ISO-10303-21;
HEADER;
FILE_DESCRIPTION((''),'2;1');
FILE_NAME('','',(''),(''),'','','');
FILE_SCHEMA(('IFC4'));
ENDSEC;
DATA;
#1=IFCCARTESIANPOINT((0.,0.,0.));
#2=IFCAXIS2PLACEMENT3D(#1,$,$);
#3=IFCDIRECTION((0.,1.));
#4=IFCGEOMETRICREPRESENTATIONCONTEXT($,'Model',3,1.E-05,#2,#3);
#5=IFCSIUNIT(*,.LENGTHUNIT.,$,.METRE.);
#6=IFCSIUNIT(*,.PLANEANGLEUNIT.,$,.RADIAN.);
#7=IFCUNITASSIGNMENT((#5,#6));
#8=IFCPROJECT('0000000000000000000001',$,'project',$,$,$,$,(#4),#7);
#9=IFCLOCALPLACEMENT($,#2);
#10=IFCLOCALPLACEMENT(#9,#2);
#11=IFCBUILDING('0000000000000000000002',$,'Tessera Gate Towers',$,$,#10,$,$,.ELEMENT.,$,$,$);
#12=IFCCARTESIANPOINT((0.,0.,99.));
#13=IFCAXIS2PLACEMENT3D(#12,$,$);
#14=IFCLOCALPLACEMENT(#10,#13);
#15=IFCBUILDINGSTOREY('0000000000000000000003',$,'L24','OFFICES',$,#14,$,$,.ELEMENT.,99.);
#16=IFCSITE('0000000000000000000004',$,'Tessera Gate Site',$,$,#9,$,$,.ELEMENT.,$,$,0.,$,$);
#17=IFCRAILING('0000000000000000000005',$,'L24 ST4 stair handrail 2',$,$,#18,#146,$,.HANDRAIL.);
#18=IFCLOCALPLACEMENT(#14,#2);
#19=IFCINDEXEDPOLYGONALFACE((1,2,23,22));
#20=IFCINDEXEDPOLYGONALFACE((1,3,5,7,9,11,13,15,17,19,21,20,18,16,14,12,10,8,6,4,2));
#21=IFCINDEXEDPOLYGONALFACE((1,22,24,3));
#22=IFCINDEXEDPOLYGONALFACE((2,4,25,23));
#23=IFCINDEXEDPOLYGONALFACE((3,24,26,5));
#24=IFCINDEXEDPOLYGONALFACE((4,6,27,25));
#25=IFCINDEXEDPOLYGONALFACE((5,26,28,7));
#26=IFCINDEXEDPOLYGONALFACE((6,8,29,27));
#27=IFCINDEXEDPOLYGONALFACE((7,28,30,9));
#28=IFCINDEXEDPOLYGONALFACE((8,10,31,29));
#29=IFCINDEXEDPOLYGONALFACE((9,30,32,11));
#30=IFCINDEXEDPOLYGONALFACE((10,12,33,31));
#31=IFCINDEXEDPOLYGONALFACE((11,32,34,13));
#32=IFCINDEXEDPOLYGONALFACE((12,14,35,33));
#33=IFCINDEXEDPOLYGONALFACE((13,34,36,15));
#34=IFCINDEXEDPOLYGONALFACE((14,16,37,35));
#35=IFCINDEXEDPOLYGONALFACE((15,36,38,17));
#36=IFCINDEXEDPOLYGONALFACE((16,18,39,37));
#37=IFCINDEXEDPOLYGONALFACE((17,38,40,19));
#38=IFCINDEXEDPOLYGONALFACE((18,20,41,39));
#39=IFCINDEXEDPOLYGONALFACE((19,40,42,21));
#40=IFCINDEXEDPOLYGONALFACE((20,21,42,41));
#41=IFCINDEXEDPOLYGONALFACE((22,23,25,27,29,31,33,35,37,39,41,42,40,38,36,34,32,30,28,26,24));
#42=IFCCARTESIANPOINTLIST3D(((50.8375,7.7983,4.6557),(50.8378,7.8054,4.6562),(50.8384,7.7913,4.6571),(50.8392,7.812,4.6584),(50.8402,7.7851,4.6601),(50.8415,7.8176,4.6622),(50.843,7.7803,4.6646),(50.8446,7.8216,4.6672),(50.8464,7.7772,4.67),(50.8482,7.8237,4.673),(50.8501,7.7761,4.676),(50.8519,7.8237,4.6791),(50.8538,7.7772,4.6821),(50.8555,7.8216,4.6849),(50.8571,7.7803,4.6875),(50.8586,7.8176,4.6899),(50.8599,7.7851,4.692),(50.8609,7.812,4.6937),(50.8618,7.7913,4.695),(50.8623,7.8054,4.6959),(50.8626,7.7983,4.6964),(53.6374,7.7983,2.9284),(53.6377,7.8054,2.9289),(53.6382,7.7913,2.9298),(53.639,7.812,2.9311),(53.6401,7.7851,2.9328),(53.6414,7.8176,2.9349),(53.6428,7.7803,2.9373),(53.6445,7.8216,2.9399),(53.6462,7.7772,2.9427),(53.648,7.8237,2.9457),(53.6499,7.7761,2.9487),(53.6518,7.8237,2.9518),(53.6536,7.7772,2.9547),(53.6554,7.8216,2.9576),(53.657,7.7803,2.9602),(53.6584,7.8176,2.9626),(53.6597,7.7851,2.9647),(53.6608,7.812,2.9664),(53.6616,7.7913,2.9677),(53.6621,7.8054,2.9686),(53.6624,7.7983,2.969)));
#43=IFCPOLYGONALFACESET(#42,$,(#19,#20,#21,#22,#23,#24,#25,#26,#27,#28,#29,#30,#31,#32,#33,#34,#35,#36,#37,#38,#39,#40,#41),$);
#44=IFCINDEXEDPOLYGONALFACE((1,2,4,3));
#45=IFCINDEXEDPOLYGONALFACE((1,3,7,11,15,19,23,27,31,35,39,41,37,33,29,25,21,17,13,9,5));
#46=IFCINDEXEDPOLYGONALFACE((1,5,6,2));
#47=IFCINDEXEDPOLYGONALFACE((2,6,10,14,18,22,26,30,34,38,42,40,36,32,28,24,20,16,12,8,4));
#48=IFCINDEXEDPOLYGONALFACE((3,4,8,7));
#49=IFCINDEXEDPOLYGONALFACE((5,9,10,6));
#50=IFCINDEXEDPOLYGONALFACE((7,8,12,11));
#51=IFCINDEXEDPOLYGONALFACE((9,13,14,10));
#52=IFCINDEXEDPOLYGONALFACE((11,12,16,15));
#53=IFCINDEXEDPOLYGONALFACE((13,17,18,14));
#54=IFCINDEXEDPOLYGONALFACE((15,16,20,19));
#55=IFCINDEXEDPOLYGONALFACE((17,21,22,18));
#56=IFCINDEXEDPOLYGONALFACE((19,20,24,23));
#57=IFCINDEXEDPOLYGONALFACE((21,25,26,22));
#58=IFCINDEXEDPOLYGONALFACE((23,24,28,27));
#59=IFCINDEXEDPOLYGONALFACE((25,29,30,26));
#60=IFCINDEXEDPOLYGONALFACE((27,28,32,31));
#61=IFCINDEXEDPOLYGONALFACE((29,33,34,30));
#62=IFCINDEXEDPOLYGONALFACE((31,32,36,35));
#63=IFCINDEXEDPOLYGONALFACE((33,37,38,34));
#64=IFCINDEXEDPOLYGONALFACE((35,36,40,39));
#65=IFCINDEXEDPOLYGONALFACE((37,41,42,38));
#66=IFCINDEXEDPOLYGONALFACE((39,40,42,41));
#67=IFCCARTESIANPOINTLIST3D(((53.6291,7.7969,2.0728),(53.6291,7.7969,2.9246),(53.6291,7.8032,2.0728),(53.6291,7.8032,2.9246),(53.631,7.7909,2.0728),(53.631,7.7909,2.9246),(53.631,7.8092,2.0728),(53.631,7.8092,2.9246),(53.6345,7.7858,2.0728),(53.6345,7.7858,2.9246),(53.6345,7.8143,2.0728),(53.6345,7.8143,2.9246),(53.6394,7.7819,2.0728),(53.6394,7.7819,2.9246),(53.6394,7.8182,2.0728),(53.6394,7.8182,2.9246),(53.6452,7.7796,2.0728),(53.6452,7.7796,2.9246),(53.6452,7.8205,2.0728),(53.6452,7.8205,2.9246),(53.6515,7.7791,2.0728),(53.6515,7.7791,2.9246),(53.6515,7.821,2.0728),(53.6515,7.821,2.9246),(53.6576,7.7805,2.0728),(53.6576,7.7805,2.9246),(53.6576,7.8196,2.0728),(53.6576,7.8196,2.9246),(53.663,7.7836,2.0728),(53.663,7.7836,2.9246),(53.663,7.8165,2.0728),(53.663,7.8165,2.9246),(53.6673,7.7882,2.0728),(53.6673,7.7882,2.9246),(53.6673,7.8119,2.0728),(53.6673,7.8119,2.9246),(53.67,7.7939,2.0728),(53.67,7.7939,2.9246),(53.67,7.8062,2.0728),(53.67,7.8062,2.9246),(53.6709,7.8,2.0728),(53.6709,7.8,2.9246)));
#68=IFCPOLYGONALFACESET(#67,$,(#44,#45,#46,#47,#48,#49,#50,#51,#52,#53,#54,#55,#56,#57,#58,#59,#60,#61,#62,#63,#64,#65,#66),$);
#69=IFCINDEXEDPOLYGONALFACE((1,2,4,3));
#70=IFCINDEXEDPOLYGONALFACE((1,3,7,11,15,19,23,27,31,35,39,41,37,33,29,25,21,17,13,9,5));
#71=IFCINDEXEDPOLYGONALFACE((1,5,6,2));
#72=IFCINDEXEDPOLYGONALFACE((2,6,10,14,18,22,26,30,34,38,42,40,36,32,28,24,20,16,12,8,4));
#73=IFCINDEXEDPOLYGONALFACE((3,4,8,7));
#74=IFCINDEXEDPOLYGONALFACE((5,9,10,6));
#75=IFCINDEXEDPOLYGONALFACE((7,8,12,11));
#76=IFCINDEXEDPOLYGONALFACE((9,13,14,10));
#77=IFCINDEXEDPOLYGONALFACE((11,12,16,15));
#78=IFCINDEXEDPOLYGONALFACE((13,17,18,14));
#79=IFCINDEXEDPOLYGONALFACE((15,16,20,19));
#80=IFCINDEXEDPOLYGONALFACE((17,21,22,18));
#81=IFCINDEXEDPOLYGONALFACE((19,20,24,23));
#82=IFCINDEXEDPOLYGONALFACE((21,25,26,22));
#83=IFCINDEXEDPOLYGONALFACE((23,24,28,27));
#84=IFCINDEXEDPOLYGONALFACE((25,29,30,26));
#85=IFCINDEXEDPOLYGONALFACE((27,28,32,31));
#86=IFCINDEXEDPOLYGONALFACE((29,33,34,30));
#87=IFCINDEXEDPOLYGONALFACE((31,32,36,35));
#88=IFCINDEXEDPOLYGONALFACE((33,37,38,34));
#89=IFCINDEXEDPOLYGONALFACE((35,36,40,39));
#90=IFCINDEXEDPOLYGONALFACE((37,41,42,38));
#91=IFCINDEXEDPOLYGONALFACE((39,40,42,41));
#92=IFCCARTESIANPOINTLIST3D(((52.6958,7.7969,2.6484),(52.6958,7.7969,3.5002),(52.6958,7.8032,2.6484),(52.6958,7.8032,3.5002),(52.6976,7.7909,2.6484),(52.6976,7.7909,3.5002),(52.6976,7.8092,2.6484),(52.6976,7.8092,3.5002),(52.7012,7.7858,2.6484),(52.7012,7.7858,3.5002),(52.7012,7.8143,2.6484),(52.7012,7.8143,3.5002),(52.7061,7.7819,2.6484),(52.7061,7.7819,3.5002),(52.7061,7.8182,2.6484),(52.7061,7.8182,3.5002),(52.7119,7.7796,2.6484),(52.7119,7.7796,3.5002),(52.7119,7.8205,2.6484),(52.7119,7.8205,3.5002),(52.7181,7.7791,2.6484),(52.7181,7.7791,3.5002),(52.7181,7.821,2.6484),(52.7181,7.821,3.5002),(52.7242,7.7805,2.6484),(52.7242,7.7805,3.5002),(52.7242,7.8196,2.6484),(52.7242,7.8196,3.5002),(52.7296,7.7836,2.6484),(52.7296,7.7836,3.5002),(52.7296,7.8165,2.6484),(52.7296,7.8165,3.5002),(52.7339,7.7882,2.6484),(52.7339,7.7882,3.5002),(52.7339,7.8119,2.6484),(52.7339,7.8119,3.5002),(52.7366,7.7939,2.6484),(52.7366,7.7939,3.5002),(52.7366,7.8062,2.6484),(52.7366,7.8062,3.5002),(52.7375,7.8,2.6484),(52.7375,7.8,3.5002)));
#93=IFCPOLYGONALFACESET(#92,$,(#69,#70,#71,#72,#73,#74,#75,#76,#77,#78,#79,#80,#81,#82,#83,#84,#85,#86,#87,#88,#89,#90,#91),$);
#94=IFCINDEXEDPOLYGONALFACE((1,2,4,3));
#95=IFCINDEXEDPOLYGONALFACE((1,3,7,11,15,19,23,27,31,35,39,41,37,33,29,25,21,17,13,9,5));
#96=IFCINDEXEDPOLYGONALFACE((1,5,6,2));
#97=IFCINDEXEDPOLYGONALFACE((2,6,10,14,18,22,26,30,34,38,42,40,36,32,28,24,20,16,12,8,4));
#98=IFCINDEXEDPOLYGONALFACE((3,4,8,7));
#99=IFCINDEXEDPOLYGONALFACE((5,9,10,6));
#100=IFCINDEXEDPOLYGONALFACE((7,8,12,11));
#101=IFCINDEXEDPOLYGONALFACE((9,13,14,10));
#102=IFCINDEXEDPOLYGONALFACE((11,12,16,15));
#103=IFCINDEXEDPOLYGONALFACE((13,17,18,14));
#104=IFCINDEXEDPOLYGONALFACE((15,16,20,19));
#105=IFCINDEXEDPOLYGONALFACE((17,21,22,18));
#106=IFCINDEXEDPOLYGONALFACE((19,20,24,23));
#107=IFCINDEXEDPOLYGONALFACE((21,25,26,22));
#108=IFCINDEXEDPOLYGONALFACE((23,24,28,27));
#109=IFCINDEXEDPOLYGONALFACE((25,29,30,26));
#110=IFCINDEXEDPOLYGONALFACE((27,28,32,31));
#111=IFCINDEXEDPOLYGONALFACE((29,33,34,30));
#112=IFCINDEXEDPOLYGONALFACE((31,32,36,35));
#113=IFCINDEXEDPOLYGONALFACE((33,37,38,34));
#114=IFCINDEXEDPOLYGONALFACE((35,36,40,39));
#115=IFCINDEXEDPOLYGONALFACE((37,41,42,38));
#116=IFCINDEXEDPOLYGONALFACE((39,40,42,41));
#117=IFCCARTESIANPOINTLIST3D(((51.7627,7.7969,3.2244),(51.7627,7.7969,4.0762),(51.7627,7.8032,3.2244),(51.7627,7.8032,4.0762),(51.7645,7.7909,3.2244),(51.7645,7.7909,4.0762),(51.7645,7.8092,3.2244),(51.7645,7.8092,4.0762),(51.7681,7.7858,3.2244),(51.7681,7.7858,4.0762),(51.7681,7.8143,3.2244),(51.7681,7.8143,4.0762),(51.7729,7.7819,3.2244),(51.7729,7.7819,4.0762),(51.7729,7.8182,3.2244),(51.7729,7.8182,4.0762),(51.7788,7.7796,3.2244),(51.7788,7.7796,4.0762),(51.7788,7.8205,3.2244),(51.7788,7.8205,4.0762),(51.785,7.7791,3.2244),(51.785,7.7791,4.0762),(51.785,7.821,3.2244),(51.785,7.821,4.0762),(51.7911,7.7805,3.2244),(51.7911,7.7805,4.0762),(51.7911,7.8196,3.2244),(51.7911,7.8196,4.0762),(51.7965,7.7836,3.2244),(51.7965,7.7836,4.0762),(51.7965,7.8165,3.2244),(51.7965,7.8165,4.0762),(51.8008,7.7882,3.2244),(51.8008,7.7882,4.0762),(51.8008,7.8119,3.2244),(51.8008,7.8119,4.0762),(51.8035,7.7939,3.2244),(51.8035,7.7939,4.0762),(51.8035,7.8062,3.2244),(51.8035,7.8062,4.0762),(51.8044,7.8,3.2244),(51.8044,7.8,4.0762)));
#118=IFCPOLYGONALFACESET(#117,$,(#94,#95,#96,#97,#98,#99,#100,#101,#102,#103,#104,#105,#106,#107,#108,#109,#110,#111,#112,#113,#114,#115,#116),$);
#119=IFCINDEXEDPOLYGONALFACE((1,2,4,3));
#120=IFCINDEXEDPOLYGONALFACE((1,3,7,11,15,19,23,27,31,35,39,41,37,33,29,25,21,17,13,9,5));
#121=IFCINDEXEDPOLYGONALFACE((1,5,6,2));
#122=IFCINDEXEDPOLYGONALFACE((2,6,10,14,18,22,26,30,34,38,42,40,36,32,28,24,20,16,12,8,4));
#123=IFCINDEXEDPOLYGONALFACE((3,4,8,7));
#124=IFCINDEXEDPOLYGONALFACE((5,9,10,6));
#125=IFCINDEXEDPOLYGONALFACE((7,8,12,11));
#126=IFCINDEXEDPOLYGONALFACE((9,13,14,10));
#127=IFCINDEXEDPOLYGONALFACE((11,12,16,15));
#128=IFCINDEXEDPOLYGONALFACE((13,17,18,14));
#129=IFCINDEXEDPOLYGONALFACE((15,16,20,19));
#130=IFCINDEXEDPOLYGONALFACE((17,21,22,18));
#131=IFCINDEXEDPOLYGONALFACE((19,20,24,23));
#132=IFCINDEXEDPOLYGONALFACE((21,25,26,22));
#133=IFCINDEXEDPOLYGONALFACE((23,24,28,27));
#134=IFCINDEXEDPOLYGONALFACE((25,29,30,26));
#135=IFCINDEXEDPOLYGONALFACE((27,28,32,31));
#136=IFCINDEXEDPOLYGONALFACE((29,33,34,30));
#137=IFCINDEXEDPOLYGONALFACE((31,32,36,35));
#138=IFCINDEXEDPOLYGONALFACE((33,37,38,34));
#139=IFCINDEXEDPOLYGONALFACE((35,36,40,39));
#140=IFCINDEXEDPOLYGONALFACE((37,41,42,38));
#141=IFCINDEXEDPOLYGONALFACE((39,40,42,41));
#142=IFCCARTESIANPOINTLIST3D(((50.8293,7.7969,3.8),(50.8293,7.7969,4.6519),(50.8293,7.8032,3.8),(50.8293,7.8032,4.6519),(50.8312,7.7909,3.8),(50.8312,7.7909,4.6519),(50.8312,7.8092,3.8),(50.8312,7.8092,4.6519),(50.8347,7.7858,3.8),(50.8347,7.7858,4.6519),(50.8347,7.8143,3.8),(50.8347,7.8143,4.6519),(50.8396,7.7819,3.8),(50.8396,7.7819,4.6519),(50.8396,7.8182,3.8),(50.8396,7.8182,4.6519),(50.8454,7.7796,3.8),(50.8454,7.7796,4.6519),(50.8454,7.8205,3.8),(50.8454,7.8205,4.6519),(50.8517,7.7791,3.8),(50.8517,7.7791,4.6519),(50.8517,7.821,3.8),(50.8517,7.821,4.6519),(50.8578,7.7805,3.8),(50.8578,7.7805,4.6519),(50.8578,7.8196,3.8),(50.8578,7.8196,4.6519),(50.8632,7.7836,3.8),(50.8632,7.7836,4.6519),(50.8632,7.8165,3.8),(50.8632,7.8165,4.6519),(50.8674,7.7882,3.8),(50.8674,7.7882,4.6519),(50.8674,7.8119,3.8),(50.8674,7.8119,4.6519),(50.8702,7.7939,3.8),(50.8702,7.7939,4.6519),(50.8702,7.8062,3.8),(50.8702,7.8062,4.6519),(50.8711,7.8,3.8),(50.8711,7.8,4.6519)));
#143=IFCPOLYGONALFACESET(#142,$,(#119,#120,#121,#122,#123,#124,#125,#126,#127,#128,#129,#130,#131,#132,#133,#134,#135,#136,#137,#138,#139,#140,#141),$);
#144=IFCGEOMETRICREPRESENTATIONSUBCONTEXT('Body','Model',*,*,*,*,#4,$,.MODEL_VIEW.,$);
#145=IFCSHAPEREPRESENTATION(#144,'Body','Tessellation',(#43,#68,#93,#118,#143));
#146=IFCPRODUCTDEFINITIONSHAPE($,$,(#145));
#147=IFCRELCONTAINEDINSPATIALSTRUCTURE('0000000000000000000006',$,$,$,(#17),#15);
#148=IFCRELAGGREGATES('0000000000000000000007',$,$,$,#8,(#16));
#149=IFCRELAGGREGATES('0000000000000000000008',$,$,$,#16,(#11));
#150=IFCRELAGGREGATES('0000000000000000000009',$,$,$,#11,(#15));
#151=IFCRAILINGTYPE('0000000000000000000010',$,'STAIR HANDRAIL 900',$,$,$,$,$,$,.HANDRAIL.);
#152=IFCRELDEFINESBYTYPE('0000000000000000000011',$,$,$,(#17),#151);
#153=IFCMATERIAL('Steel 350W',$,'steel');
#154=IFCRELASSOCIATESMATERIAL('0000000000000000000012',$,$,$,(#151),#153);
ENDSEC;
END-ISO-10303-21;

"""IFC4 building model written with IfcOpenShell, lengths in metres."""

from ifc_helpers import new_model, si_unit, direction, frame, origin, origin_2d, place, context, subcontext, project, spatial, circle, extrude, material, type_object, element, save


model = new_model("IFC4")

# Units and contexts
model_context = context("Model", 3, precision=1e-05, world=origin(), true_north=direction((0.0, 1.0)))
body_context = subcontext(model_context, "Body", "Model", "MODEL_VIEW")
ifc_project = project(units=[si_unit("LENGTHUNIT", "METRE"), si_unit("PLANEANGLEUNIT", "RADIAN")], contexts=[model_context])

# Site, building, storey
site_placement = place(None, origin())
site = spatial("IfcSite", under=ifc_project, at=site_placement, Name="Tessera Gate Site", CompositionType="ELEMENT", RefElevation=0.0)
building_placement = place(site_placement, origin())
building = spatial("IfcBuilding", under=site, at=building_placement, Name="Tessera Gate Towers", CompositionType="ELEMENT")
storey_placement = place(building_placement, frame((0.0, 0.0, 99.0)))
storey = spatial("IfcBuildingStorey", under=building, at=storey_placement, Name="L24", Description="OFFICES", CompositionType="ELEMENT", Elevation=99.0)

# Railing
ifc_material_1 = material(Name="Steel 350W", Category="steel")
railing_type_1 = type_object("IfcRailingType", Name="STAIR HANDRAIL 900", PredefinedType="HANDRAIL", material=ifc_material_1)
railing_1_placement = place(storey_placement, frame((53.6499, 7.8, 2.0728)))
element("IfcRailing", 1, at=railing_1_placement, inside=storey, type_object=railing_type_1, Name="L24 ST4 stair handrail 2", PredefinedType="HANDRAIL", context=body_context, shape_type="SweptSolid", body=[
    extrude(circle(Radius=0.0239, at=origin_2d()), frame((0.0, 0.0, 0.876), z_axis=(-0.851069, 0.0, 0.525054), x_axis=(0.0, -1.0, 0.0)), (0.0, 0.0, 1.0), 3.2898),
    extrude(circle(Radius=0.021, at=origin_2d()), origin(), (0.0, 0.0, 1.0), 0.8518),
    extrude(circle(Radius=0.021, at=origin_2d()), frame((-0.9333, 0.0, 0.5757)), (0.0, 0.0, 1.0), 0.8518),
    extrude(circle(Radius=0.021, at=origin_2d()), frame((-1.8665, 0.0, 1.1516)), (0.0, 0.0, 1.0), 0.8518),
    extrude(circle(Radius=0.021, at=origin_2d()), frame((-2.7998, 0.0, 1.7273)), (0.0, 0.0, 1.0), 0.8518),
])

save(model, "model.ifc")
